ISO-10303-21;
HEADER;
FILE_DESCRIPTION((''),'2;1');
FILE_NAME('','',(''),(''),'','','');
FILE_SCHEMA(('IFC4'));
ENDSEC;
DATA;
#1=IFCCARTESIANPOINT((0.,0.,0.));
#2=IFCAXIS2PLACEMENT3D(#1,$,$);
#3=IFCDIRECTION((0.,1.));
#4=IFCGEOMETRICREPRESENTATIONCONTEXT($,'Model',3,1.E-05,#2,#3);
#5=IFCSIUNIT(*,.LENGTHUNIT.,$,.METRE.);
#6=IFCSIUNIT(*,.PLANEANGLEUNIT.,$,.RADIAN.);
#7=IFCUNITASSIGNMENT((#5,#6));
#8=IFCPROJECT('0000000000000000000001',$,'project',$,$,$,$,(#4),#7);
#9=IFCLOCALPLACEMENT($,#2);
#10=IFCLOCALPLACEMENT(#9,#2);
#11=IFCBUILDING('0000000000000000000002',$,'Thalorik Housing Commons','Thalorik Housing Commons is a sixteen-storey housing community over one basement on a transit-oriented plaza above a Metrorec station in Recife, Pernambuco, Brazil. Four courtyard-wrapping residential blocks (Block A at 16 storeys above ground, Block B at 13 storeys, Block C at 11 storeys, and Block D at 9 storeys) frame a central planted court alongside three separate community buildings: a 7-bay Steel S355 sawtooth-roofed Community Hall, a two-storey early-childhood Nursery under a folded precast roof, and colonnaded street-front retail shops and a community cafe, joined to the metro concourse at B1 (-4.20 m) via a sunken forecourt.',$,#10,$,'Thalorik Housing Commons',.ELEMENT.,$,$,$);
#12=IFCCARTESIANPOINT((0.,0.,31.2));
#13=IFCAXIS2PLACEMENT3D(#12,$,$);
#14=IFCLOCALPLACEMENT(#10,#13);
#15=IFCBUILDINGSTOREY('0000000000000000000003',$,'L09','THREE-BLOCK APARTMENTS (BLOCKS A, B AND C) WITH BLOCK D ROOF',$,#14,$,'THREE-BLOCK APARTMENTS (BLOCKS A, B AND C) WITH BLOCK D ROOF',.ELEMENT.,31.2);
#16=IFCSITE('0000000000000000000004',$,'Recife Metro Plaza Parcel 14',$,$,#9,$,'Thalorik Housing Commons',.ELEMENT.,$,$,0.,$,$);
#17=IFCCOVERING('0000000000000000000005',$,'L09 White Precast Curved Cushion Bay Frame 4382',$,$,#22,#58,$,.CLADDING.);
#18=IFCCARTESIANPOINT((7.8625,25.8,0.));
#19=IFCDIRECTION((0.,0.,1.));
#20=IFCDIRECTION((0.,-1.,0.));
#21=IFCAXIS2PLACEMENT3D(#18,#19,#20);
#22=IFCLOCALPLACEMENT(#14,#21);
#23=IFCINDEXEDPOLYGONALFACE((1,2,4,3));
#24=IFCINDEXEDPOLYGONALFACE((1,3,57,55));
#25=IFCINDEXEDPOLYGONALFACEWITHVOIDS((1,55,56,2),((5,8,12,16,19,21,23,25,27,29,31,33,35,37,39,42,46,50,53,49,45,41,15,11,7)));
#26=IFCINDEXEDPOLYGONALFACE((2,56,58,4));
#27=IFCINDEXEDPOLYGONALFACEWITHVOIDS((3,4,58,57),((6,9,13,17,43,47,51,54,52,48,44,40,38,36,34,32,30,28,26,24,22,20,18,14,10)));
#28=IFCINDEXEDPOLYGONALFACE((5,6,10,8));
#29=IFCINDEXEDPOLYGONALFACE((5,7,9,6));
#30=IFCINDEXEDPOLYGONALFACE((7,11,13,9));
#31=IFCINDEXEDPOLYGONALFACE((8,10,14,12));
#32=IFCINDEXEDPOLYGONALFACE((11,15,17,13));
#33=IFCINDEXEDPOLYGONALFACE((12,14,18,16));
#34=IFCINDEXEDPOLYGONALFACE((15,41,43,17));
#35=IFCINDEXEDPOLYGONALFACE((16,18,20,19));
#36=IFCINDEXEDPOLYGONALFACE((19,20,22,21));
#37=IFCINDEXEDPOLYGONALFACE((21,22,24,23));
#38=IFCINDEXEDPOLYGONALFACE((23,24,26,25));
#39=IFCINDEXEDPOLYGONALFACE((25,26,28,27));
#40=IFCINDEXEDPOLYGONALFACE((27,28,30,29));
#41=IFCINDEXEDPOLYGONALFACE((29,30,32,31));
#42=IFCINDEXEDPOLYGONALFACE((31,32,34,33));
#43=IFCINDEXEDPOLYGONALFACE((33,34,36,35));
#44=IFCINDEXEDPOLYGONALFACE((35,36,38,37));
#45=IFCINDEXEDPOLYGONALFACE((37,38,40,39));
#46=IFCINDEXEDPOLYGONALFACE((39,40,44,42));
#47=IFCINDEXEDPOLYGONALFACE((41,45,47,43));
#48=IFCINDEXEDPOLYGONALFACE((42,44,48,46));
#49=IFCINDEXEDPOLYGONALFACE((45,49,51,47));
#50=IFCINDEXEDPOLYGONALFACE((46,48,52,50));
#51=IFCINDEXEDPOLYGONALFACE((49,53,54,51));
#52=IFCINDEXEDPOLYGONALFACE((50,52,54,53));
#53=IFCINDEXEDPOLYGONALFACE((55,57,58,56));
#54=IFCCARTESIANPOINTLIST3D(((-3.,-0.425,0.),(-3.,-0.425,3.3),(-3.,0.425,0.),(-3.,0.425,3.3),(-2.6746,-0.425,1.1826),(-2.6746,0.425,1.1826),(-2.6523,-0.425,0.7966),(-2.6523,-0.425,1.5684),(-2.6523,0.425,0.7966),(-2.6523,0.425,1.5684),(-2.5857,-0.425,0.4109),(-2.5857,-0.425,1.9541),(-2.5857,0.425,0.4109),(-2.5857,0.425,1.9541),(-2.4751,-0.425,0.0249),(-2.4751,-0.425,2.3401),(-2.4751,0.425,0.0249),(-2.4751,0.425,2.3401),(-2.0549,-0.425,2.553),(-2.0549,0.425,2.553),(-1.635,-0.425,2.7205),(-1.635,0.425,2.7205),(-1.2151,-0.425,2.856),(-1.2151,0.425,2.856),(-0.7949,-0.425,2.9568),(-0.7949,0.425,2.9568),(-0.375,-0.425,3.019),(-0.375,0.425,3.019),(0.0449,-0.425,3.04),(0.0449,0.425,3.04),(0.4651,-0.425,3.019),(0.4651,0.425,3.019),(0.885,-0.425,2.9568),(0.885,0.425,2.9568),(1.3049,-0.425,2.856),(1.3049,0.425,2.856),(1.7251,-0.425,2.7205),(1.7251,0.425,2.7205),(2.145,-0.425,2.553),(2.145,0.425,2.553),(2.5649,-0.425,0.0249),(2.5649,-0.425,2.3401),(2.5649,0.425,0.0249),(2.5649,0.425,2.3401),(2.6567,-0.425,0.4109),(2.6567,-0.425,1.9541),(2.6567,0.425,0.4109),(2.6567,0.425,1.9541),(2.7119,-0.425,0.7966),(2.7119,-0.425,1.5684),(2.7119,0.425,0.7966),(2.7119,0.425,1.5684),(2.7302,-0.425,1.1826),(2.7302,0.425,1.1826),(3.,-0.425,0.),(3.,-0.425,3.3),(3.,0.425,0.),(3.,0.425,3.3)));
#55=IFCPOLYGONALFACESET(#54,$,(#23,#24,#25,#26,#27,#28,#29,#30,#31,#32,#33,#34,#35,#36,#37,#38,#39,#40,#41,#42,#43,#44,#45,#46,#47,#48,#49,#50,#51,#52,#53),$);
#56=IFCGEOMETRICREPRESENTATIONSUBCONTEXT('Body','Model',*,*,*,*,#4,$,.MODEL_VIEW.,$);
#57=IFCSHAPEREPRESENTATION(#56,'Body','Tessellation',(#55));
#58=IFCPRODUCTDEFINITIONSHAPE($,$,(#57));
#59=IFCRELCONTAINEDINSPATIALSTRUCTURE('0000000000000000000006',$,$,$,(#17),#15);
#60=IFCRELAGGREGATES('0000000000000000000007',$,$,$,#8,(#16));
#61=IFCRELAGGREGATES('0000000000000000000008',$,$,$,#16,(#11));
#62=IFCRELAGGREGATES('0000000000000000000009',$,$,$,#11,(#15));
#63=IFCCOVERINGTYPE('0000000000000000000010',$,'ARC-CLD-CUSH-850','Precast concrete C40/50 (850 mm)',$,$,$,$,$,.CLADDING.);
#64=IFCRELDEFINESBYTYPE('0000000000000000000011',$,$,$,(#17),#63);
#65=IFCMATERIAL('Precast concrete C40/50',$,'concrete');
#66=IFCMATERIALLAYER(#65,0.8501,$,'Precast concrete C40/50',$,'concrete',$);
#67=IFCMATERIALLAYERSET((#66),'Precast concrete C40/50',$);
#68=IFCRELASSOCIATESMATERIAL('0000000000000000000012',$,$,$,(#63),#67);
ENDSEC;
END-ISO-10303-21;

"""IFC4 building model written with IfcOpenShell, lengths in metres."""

from ifc_helpers import new_model, si_unit, direction, frame, origin, place, context, subcontext, project, spatial, polyline, outline, extrude, material, layer, layer_set, type_object, element, save


model = new_model("IFC4")

# Units and contexts
model_context = context("Model", 3, precision=1e-05, world=origin(), true_north=direction((0.0, 1.0)))
body_context = subcontext(model_context, "Body", "Model", "MODEL_VIEW")
ifc_project = project(units=[si_unit("LENGTHUNIT", "METRE"), si_unit("PLANEANGLEUNIT", "RADIAN")], contexts=[model_context])

# Site, building, storey
site_placement = place(None, origin())
site = spatial("IfcSite", under=ifc_project, at=site_placement, Name="Recife Metro Plaza Parcel 14", LongName="Thalorik Housing Commons", CompositionType="ELEMENT", RefElevation=0.0)
building_placement = place(site_placement, origin())
building = spatial("IfcBuilding", under=site, at=building_placement, Name="Thalorik Housing Commons", Description="Thalorik Housing Commons is a sixteen-storey housing community over one basement on a transit-oriented plaza above a Metrorec station in Recife, Pernambuco, Brazil. Four courtyard-wrapping residential blocks (Block A at 16 storeys above ground, Block B at 13 storeys, Block C at 11 storeys, and Block D at 9 storeys) frame a central planted court alongside three separate community buildings: a 7-bay Steel S355 sawtooth-roofed Community Hall, a two-storey early-childhood Nursery under a folded precast roof, and colonnaded street-front retail shops and a community cafe, joined to the metro concourse at B1 (-4.20 m) via a sunken forecourt.", LongName="Thalorik Housing Commons", CompositionType="ELEMENT")
storey_placement = place(building_placement, frame((0.0, 0.0, 31.2)))
storey = spatial("IfcBuildingStorey", under=building, at=storey_placement, Name="L09", Description="THREE-BLOCK APARTMENTS (BLOCKS A, B AND C) WITH BLOCK D ROOF", LongName="THREE-BLOCK APARTMENTS (BLOCKS A, B AND C) WITH BLOCK D ROOF", CompositionType="ELEMENT", Elevation=31.2)

# Shared definitions
ifc_material_1 = material(Name="Precast concrete C40/50", Category="concrete")

# Covering
ifc_layer_1 = layer(ifc_material_1, 0.8501, Name="Precast concrete C40/50", Category="concrete")
ifc_layer_set_1 = layer_set([ifc_layer_1], Name="Precast concrete C40/50")
covering_type_1 = type_object("IfcCoveringType", Name="ARC-CLD-CUSH-850", Description="Precast concrete C40/50 (850 mm)", PredefinedType="CLADDING", material=ifc_layer_set_1)
covering_1_placement = place(storey_placement, frame((7.8625, 25.8, 0.0), z_axis=(0.0, 0.0, 1.0), x_axis=(0.0, -1.0, 0.0)))
element("IfcCovering", 1, at=covering_1_placement, inside=storey, type_object=covering_type_1, Name="L09 White Precast Curved Cushion Bay Frame 4382", PredefinedType="CLADDING", context=body_context, shape_type="SweptSolid", body=[
    extrude(outline(polyline([(-3.0, 0.0), (3.0, 0.0), (3.0, 3.3), (-3.0, 3.3), (-3.0, 0.0)]), holes=[polyline([(2.5649, 0.0249), (2.6567, 0.4109), (2.7119, 0.7966), (2.7302, 1.1826), (2.7119, 1.5684), (2.6567, 1.9541), (2.5649, 2.3401), (2.145, 2.553), (1.7251, 2.7205), (1.3049, 2.856), (0.885, 2.9568), (0.4651, 3.019), (0.0449, 3.04), (-0.375, 3.019), (-0.7949, 2.9568), (-1.2151, 2.856), (-1.635, 2.7205), (-2.0549, 2.553), (-2.4751, 2.3401), (-2.5857, 1.9541), (-2.6523, 1.5684), (-2.6746, 1.1826), (-2.6523, 0.7966), (-2.5857, 0.4109), (-2.4751, 0.0249), (2.5649, 0.0249)])]), frame((0.0, 0.425, 0.0), z_axis=(0.0, -1.0, 0.0), x_axis=(1.0, 0.0, 0.0)), (0.0, 0.0, 1.0), 0.8501),
])

save(model, "model.ifc")
